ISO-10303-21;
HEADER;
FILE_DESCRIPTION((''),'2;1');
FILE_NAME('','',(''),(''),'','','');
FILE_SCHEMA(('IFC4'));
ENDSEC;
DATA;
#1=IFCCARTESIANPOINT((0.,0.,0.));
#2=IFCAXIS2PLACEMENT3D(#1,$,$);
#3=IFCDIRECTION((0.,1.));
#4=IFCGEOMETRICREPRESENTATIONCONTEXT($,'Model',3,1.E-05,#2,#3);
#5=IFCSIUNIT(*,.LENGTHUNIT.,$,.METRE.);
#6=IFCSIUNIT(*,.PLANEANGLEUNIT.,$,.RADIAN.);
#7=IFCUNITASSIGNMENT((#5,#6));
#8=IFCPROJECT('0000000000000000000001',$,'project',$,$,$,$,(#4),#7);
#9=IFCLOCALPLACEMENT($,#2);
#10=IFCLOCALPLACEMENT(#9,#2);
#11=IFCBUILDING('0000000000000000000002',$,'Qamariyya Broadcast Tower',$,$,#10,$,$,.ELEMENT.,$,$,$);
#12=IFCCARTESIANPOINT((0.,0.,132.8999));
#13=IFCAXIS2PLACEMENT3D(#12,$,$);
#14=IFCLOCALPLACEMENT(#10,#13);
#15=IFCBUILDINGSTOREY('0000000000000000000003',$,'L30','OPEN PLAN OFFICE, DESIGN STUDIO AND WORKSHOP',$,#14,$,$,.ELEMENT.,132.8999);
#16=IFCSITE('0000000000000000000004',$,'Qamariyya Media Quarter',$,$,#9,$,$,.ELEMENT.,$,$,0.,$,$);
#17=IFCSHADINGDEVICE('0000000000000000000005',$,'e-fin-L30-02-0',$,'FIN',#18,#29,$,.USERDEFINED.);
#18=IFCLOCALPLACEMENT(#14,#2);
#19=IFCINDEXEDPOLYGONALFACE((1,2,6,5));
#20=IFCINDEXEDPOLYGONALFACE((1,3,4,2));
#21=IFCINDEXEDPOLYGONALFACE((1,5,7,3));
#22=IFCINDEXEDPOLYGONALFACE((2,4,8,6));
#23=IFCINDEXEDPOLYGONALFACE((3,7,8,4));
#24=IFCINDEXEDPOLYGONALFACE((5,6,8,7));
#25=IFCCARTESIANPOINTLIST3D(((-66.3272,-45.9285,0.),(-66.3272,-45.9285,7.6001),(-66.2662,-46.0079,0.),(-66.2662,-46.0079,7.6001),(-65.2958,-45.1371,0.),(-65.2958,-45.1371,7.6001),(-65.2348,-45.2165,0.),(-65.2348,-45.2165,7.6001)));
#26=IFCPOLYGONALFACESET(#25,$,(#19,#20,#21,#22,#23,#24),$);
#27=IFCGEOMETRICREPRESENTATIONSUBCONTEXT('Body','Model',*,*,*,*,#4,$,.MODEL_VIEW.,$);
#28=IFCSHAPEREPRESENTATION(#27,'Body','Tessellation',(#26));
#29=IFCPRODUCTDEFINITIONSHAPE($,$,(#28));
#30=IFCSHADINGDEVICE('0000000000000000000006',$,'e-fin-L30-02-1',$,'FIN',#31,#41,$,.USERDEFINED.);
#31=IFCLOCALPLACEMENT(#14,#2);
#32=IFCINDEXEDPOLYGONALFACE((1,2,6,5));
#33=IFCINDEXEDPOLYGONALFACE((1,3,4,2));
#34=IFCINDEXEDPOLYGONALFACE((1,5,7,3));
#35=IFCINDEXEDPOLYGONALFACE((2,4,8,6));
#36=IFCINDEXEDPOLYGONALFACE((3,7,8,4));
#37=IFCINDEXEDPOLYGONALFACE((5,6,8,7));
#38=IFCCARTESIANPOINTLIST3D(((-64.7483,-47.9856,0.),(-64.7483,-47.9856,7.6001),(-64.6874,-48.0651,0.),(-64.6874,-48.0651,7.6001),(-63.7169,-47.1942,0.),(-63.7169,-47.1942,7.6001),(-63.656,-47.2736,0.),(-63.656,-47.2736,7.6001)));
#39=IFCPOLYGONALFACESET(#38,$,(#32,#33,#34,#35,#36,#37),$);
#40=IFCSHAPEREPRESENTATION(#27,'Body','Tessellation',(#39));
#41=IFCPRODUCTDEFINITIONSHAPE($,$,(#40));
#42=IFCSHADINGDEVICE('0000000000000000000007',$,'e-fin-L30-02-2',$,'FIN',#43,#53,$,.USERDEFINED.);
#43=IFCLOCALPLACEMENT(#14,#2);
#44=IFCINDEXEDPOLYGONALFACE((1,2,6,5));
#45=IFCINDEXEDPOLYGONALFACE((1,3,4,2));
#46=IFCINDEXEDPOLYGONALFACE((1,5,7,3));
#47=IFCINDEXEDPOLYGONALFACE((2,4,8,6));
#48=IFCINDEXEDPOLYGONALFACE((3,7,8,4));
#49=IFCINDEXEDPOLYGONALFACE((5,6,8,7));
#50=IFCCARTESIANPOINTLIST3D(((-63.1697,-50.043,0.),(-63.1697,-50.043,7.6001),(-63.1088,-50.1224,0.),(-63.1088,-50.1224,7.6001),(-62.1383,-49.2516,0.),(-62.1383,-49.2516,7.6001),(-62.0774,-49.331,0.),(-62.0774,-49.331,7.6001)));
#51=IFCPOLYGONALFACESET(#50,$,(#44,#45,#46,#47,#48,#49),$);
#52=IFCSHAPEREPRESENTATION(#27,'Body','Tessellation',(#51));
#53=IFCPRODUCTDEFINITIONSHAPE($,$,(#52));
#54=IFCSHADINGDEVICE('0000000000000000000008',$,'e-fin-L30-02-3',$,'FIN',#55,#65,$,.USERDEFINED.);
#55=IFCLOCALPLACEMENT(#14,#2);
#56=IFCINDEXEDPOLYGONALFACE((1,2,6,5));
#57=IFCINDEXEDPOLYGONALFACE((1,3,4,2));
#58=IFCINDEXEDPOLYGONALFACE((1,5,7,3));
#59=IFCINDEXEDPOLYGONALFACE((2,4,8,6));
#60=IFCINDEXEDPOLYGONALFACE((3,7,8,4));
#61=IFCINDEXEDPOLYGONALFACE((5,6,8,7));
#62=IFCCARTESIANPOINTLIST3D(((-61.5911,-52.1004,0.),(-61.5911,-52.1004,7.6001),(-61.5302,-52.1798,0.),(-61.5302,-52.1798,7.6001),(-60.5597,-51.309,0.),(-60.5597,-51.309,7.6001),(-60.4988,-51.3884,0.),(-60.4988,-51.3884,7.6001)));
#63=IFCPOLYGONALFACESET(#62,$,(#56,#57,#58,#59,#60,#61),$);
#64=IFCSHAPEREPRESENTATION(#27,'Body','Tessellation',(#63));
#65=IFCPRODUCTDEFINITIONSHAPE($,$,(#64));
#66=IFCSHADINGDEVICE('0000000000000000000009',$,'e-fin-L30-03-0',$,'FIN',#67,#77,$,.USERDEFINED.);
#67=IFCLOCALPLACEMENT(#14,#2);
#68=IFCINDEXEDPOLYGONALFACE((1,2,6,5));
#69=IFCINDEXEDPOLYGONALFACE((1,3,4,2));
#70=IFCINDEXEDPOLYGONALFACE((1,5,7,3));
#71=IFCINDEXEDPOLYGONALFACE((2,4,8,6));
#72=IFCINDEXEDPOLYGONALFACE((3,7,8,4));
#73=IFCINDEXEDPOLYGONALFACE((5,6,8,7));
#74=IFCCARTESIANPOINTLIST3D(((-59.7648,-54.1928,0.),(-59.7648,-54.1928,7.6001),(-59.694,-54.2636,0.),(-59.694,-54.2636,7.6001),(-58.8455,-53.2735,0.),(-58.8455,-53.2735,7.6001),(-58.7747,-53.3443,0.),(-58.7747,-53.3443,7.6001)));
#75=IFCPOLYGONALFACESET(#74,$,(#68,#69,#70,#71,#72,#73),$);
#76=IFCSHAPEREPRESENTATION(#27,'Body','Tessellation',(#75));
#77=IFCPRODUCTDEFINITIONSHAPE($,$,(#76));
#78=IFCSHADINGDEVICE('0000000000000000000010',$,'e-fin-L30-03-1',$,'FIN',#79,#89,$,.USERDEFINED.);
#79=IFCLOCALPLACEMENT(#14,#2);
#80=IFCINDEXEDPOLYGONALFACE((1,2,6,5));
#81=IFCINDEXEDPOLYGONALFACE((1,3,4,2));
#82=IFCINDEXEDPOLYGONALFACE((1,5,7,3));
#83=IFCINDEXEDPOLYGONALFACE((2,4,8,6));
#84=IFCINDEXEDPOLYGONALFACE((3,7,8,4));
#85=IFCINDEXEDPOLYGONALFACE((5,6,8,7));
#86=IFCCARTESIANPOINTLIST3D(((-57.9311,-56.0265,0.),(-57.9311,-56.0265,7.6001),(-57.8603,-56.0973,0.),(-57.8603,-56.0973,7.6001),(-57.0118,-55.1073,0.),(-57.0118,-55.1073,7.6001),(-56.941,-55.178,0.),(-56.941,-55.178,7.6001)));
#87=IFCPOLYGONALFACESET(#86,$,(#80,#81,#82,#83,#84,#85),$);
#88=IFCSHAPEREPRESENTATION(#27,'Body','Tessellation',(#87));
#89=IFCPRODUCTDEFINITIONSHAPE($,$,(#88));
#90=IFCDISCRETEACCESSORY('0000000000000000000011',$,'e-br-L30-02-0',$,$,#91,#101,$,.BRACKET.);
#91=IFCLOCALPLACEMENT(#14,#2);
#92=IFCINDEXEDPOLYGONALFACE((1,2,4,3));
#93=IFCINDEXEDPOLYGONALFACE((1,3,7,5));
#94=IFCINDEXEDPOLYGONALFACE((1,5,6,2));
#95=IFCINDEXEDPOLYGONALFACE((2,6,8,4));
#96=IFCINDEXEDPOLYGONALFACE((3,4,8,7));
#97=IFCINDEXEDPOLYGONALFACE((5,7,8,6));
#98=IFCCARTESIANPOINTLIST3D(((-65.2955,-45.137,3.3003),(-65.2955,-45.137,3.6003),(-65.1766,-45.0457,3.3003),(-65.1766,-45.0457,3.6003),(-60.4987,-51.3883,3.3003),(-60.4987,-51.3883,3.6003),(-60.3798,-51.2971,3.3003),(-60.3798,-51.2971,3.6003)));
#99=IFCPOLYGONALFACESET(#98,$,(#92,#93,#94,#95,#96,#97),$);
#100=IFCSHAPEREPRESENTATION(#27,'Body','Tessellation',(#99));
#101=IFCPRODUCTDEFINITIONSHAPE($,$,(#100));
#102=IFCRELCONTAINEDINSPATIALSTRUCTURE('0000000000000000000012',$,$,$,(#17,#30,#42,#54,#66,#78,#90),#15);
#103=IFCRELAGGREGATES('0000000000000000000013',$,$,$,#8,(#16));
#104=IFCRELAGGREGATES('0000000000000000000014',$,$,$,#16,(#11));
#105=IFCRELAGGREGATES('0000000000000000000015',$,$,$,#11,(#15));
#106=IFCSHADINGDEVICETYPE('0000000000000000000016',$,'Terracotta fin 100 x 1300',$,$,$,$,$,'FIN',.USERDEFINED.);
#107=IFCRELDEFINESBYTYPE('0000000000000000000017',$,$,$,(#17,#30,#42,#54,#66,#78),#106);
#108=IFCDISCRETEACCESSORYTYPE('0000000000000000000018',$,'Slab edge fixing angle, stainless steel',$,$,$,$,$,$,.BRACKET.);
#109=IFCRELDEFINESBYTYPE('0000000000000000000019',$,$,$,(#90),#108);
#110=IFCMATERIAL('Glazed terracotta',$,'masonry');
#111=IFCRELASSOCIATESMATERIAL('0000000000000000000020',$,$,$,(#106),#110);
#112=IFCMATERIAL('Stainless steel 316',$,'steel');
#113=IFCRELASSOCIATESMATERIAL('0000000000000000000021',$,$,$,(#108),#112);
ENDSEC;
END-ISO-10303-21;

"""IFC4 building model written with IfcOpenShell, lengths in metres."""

from ifc_helpers import new_model, si_unit, direction, frame, origin, origin_2d, place, context, subcontext, project, spatial, rectangle, extrude, material, material_profile, profile_set, type_object, element, save


model = new_model("IFC4")

# Units and contexts
model_context = context("Model", 3, precision=1e-05, world=origin(), true_north=direction((0.0, 1.0)))
body_context = subcontext(model_context, "Body", "Model", "MODEL_VIEW")
ifc_project = project(units=[si_unit("LENGTHUNIT", "METRE"), si_unit("PLANEANGLEUNIT", "RADIAN")], contexts=[model_context])

# Site, building, storey
site_placement = place(None, origin())
site = spatial("IfcSite", under=ifc_project, at=site_placement, Name="Qamariyya Media Quarter", CompositionType="ELEMENT", RefElevation=0.0)
building_placement = place(site_placement, origin())
building = spatial("IfcBuilding", under=site, at=building_placement, Name="Qamariyya Broadcast Tower", CompositionType="ELEMENT")
storey_placement = place(building_placement, frame((0.0, 0.0, 132.8999)))
storey = spatial("IfcBuildingStorey", under=building, at=storey_placement, Name="L30", Description="OPEN PLAN OFFICE, DESIGN STUDIO AND WORKSHOP", CompositionType="ELEMENT", Elevation=132.8999)

# Shading devices
ifc_material_1 = material(Name="Glazed terracotta", Category="masonry")
ifc_material_profile_1 = material_profile(ifc_material_1, rectangle(XDim=1.3, YDim=0.1001, at=origin_2d()))
ifc_profile_set_1 = profile_set([ifc_material_profile_1], Name="Glazed terracotta")
shading_device_type_1 = type_object("IfcShadingDeviceType", Name="Terracotta fin 100 x 1300", ElementType="FIN", PredefinedType="USERDEFINED", material=ifc_profile_set_1)
for number, where, z_axis, x_axis, name in (
    (1, (-65.781, -45.5725, 0.0), (0.0, 0.0, 1.0), (-0.793353, -0.608761, 0.0), "e-fin-L30-02-0"),
    (2, (-64.2021, -47.6296, 0.0), (0.0, 0.0, 1.0), (-0.793353, -0.608761, 0.0), "e-fin-L30-02-1"),
    (3, (-62.6235, -49.687, 0.0), (0.0, 0.0, 1.0), (-0.793353, -0.608761, 0.0), "e-fin-L30-02-2"),
    (4, (-61.0449, -51.7444, 0.0), (0.0, 0.0, 1.0), (-0.793353, -0.608761, 0.0), "e-fin-L30-02-3"),
    (5, (-59.2698, -53.7686, 0.0), (0.0, 0.0, 1.0), (-0.707107, -0.707107, 0.0), "e-fin-L30-03-0"),
    (6, (-57.436, -55.6023, 0.0), (0.0, 0.0, 1.0), (-0.707107, -0.707107, 0.0), "e-fin-L30-03-1"),
):
    element("IfcShadingDevice", number, at=place(storey_placement, frame(where, z_axis=z_axis, x_axis=x_axis)), inside=storey, type_object=shading_device_type_1, Name=name, ObjectType="FIN", PredefinedType="USERDEFINED", context=body_context, shape_type="SweptSolid", body=[
        extrude(rectangle(XDim=1.3, YDim=0.1001, at=origin_2d()), origin(), (0.0, 0.0, 1.0), 7.6001),
    ])

# Discrete accessory
ifc_material_2 = material(Name="Stainless steel 316", Category="steel")
discrete_accessory_type = type_object("IfcDiscreteAccessoryType", Name="Slab edge fixing angle, stainless steel", PredefinedType="BRACKET", material=ifc_material_2)
discrete_accessory_placement = place(storey_placement, frame((-62.8376, -48.217, 3.3003), z_axis=(0.0, 0.0, 1.0), x_axis=(0.608761, -0.793353, 0.0)))
element("IfcDiscreteAccessory", 7, at=discrete_accessory_placement, inside=storey, type_object=discrete_accessory_type, Name="e-br-L30-02-0", PredefinedType="BRACKET", context=body_context, shape_type="SweptSolid", body=[
    extrude(rectangle(XDim=7.8796, YDim=0.1499, at=origin_2d()), origin(), (0.0, 0.0, 1.0), 0.3),
])

save(model, "model.ifc")
